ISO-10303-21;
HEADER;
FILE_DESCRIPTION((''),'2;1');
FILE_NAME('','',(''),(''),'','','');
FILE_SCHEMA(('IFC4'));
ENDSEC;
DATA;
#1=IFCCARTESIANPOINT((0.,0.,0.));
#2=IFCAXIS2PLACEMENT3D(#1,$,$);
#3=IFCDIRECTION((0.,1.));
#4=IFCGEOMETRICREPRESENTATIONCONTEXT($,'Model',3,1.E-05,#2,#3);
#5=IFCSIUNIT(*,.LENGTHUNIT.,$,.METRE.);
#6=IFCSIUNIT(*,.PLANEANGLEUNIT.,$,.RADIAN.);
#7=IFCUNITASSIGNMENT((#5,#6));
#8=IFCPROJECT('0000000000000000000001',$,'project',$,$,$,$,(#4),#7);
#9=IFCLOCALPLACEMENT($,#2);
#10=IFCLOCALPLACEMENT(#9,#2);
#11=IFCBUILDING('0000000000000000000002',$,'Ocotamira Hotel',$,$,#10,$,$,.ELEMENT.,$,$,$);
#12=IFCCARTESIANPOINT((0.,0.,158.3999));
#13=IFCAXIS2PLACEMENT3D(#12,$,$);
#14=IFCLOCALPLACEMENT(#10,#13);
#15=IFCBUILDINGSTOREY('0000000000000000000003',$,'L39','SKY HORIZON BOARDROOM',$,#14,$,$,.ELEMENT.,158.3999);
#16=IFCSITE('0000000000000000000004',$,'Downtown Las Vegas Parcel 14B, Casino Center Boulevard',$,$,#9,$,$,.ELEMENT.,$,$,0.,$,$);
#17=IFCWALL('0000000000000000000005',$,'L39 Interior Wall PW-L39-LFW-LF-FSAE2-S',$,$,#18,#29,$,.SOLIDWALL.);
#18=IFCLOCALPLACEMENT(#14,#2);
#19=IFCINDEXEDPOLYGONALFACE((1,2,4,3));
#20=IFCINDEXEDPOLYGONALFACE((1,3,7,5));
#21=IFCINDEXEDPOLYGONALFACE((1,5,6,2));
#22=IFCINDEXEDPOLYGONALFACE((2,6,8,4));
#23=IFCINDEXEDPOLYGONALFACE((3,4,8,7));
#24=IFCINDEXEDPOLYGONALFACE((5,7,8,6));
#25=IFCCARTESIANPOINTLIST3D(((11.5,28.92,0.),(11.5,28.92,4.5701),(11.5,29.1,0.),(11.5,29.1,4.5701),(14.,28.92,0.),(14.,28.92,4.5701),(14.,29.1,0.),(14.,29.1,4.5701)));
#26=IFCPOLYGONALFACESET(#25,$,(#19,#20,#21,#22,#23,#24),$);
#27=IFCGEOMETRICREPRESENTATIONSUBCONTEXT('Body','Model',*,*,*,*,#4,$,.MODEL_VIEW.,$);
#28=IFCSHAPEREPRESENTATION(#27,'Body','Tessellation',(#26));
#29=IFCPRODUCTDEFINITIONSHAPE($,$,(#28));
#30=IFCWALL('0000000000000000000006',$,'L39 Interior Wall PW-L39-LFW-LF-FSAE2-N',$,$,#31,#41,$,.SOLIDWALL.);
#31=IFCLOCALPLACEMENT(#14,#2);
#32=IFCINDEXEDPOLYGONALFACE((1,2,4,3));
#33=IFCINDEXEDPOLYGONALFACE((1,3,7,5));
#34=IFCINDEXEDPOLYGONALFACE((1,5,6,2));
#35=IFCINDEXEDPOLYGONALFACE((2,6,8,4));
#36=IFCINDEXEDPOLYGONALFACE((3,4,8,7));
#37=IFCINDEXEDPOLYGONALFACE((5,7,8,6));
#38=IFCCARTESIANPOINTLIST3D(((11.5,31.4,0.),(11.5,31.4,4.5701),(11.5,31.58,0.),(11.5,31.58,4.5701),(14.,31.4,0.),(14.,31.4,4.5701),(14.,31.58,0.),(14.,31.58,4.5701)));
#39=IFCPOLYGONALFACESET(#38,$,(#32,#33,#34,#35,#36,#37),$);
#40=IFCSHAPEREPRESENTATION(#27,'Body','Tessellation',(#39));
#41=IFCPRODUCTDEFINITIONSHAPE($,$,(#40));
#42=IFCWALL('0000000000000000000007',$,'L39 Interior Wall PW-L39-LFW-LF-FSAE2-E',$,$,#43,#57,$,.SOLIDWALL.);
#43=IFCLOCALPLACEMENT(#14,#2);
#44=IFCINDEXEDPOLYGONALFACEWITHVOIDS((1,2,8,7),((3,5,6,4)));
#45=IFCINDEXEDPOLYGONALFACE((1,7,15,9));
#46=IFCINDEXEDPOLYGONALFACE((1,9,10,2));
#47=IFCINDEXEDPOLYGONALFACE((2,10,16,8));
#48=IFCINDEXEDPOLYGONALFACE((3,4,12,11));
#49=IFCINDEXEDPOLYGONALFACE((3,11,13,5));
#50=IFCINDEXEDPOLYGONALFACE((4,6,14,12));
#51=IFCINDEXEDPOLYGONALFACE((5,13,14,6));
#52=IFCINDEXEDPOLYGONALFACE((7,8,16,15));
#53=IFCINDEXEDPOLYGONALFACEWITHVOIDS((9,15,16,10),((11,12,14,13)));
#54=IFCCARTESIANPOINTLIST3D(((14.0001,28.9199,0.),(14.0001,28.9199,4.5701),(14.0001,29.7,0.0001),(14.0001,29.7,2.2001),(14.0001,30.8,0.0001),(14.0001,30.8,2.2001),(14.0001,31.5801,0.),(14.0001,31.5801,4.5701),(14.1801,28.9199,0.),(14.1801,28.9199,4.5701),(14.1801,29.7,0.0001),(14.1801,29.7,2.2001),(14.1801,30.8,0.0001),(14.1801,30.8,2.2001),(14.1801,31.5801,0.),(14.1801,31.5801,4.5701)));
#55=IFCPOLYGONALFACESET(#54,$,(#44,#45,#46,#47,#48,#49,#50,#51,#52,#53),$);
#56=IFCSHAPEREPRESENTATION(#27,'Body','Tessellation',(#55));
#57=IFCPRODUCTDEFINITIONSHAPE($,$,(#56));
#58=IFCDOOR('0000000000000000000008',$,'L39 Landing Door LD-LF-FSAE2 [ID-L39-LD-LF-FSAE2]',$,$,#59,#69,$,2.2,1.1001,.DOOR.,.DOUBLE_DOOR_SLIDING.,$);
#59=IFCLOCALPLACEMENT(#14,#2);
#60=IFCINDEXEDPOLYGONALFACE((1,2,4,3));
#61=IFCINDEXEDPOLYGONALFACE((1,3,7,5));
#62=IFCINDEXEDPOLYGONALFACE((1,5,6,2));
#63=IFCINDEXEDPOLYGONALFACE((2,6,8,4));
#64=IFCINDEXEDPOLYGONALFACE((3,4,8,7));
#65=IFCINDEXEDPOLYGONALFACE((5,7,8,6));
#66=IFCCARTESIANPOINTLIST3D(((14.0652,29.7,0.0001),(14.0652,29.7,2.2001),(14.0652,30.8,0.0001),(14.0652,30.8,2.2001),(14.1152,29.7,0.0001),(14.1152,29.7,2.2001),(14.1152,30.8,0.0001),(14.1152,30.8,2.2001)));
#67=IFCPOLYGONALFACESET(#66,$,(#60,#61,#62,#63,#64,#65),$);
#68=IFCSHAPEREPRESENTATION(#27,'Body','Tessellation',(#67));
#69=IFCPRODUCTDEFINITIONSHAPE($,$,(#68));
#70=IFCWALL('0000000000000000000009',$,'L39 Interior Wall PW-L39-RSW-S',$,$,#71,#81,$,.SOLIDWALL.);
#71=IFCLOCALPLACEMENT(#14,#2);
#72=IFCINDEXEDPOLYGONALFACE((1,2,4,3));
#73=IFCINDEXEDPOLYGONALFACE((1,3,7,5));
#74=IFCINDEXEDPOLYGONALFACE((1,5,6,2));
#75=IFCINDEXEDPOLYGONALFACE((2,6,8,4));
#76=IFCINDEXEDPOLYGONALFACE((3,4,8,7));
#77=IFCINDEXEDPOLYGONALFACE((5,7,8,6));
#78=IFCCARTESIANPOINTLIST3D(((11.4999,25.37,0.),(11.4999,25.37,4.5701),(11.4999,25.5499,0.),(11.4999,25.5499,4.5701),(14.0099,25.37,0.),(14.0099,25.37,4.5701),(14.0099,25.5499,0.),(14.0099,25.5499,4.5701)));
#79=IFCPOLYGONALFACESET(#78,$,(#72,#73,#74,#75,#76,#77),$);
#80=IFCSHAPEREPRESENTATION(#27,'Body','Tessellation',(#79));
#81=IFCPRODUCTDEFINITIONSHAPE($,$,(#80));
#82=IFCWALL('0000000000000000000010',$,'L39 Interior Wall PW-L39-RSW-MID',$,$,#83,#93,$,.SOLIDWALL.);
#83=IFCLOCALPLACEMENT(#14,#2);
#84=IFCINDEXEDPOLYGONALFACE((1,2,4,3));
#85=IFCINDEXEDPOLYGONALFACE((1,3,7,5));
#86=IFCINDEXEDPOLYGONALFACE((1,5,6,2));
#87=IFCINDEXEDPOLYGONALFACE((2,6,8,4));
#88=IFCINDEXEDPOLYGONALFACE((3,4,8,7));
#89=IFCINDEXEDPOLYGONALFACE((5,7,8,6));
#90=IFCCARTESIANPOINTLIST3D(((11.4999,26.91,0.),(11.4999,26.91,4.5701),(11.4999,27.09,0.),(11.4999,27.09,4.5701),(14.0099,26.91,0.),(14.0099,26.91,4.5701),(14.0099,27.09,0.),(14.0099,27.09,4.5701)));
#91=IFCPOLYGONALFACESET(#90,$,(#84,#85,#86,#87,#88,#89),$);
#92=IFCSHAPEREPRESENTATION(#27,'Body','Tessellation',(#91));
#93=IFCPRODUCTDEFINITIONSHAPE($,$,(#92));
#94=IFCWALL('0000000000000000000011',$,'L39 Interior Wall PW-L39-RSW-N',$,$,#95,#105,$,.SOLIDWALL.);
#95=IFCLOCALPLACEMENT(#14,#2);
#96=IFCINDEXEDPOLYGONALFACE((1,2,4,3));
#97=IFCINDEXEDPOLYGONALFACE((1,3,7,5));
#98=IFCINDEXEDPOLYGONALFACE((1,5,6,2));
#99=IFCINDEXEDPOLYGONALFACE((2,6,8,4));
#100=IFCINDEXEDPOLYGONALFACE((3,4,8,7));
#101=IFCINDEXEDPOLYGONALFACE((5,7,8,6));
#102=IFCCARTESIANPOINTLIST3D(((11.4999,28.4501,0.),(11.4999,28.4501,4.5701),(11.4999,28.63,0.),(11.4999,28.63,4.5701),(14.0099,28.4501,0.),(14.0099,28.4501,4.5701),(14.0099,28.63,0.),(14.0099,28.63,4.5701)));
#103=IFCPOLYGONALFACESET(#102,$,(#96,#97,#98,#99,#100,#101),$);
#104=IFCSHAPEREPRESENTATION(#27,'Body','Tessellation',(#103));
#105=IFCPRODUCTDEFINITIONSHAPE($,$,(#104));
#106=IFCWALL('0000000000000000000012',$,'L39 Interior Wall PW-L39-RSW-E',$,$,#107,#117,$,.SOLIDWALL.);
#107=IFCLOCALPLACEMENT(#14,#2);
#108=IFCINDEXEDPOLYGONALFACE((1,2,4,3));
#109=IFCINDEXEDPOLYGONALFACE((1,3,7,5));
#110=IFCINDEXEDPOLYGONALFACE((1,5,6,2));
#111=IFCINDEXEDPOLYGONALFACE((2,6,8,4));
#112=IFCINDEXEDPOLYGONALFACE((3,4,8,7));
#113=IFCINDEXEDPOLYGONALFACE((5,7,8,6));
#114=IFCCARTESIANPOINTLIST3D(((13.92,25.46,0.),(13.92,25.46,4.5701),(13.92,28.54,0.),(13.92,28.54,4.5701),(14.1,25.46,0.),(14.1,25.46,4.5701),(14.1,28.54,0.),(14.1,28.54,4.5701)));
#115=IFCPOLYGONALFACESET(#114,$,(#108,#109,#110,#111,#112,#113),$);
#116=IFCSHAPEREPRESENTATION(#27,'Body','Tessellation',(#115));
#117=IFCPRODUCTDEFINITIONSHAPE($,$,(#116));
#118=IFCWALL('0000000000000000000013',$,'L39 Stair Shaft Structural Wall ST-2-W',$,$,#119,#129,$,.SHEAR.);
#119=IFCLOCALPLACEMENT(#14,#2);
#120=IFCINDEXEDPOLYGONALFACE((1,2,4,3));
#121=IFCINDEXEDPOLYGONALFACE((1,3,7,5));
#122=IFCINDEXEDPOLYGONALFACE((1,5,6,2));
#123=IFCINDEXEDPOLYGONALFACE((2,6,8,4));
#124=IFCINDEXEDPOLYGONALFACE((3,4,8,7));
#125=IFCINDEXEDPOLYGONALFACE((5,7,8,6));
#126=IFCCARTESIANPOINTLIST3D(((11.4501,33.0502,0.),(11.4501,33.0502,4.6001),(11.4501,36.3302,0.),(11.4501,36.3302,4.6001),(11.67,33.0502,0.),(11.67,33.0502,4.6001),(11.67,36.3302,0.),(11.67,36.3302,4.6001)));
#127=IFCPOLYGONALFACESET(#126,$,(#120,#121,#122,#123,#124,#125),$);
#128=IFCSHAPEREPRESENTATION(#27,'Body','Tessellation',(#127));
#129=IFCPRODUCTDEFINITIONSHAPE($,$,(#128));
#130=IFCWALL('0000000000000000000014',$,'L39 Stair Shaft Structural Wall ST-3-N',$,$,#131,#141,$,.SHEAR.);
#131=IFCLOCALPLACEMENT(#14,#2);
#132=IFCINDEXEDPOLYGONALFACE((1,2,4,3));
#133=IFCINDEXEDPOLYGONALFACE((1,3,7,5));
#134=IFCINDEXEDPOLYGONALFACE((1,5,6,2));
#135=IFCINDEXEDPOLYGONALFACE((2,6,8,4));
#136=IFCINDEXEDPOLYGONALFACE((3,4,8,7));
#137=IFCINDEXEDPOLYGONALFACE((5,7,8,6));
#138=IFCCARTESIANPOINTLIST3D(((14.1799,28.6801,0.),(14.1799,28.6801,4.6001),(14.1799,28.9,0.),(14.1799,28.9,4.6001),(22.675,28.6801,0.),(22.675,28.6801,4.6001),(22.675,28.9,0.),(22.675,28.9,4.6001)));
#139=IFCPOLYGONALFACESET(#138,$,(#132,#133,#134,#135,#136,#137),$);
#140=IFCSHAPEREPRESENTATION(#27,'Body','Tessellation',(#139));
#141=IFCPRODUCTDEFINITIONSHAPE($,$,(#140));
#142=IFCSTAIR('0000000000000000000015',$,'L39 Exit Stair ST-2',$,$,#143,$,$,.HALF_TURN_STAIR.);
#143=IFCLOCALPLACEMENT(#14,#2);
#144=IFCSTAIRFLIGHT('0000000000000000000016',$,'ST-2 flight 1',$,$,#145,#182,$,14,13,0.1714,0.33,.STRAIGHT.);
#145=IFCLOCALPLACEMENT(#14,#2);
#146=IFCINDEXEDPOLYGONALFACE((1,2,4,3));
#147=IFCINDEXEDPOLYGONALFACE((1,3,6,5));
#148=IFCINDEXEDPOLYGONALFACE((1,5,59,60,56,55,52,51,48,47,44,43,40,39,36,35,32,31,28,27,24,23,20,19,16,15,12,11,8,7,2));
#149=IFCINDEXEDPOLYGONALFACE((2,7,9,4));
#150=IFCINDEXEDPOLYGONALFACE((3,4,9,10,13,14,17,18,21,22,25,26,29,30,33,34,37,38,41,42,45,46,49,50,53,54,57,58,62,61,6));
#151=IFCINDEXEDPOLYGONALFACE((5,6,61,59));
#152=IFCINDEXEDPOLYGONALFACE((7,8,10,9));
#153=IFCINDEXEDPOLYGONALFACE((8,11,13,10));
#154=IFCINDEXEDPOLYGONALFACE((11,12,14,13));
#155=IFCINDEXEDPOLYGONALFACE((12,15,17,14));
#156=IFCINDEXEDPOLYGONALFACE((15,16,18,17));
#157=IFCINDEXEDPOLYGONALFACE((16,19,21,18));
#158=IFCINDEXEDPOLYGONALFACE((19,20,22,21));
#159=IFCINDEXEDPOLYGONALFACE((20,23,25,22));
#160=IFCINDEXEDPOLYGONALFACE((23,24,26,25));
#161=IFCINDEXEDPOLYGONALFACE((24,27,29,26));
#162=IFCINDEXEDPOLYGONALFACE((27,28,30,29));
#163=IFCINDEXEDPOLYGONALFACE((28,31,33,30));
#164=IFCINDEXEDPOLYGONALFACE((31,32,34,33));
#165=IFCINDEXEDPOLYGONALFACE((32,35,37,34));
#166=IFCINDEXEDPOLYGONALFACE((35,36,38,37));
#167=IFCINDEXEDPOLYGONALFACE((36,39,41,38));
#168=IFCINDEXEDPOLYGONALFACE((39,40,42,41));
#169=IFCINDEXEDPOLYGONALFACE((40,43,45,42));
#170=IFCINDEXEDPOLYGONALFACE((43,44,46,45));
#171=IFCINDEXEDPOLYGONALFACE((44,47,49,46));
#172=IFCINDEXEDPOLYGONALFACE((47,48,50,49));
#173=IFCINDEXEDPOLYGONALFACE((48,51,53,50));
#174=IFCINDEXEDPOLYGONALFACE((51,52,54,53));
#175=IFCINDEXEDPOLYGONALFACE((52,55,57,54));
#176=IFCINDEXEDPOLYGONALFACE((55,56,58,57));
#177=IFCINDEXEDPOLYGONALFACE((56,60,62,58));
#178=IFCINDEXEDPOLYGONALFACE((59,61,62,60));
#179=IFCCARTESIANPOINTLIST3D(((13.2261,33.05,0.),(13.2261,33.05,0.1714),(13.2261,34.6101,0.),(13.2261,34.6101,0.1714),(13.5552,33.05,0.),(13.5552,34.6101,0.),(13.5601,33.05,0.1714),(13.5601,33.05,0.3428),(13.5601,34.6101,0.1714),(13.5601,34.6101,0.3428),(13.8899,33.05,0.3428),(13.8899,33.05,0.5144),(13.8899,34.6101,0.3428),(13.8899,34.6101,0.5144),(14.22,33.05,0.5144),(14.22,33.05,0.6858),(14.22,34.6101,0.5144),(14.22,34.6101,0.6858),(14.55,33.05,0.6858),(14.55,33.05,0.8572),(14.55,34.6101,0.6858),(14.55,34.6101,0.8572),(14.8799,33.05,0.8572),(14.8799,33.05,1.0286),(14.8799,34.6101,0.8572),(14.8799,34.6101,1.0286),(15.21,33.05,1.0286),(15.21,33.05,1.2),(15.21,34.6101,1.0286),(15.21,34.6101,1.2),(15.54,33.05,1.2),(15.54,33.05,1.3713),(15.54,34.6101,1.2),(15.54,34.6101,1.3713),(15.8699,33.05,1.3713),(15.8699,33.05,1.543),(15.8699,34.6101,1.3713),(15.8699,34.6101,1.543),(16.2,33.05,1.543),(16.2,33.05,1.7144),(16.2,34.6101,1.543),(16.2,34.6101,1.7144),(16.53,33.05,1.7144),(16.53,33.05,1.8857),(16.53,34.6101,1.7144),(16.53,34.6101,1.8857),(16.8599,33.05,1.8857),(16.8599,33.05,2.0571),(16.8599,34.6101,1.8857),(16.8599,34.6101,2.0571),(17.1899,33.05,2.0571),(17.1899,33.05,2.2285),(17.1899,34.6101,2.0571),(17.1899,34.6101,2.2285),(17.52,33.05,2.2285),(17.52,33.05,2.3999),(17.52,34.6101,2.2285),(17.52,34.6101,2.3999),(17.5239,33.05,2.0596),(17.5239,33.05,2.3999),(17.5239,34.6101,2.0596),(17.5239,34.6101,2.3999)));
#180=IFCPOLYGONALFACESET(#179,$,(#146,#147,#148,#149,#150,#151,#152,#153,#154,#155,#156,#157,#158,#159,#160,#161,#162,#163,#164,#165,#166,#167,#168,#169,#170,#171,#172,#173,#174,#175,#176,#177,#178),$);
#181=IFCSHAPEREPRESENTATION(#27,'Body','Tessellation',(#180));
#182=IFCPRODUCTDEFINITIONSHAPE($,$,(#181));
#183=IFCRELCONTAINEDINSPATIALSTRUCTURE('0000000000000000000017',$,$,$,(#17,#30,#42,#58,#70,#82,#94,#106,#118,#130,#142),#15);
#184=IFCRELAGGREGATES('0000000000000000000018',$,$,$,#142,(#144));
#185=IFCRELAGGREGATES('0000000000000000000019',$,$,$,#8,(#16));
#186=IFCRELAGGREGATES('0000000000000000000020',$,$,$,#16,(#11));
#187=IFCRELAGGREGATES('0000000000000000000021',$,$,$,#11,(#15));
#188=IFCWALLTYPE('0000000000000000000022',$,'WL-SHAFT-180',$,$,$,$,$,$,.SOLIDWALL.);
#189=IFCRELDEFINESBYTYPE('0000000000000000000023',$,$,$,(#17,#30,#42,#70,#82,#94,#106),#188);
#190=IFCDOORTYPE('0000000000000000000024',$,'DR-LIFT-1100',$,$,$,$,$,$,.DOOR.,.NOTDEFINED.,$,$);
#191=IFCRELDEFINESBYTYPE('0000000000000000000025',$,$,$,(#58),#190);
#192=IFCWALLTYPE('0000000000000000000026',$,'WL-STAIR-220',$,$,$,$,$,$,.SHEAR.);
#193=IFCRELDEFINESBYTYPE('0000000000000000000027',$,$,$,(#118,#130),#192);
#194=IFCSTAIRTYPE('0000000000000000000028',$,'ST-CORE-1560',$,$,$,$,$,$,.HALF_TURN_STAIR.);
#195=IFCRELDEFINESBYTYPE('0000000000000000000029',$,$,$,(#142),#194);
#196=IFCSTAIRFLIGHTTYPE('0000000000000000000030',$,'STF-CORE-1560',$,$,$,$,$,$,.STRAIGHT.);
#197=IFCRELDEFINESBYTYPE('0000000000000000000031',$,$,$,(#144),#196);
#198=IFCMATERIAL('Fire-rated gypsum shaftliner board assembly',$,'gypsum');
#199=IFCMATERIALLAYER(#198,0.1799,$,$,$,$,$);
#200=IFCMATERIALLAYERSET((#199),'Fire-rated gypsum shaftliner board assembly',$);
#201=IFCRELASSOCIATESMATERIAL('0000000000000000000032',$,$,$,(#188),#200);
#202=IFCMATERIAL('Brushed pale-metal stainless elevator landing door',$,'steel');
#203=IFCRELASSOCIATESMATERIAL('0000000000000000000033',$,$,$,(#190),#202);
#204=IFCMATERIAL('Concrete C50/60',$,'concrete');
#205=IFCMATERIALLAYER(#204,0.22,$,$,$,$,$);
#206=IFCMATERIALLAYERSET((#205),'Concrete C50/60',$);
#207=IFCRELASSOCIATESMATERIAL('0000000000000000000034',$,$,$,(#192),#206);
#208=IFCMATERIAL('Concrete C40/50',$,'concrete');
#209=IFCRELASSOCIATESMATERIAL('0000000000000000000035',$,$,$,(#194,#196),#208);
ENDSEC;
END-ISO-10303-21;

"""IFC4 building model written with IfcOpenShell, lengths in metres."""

from ifc_helpers import new_model, si_unit, direction, frame, frame_2d, origin, place, context, subcontext, project, spatial, polyline, rectangle, outline, extrude, source, transform, mapped, material, layer, layer_set, type_object, element, fill, aggregate, save


model = new_model("IFC4")

# Units and contexts
model_context = context("Model", 3, precision=1e-05, world=origin(), true_north=direction((0.0, 1.0)))
body_context = subcontext(model_context, "Body", "Model", "MODEL_VIEW")
ifc_project = project(units=[si_unit("LENGTHUNIT", "METRE"), si_unit("PLANEANGLEUNIT", "RADIAN")], contexts=[model_context])

# Site, building, storey
site_placement = place(None, origin())
site = spatial("IfcSite", under=ifc_project, at=site_placement, Name="Downtown Las Vegas Parcel 14B, Casino Center Boulevard", CompositionType="ELEMENT", RefElevation=0.0)
building_placement = place(site_placement, origin())
building = spatial("IfcBuilding", under=site, at=building_placement, Name="Ocotamira Hotel", CompositionType="ELEMENT")
storey_placement = place(building_placement, frame((0.0, 0.0, 158.3999)))
storey = spatial("IfcBuildingStorey", under=building, at=storey_placement, Name="L39", Description="SKY HORIZON BOARDROOM", CompositionType="ELEMENT", Elevation=158.3999)

# Walls
ifc_material_1 = material(Name="Fire-rated gypsum shaftliner board assembly", Category="gypsum")
ifc_layer_1 = layer(ifc_material_1, 0.1799)
ifc_layer_set_1 = layer_set([ifc_layer_1], Name="Fire-rated gypsum shaftliner board assembly")
wall_type_1 = type_object("IfcWallType", Name="WL-SHAFT-180", PredefinedType="SOLIDWALL", material=ifc_layer_set_1)
for number, where, z_axis, x_axis, name in (
    (1, (11.5, 29.01, 0.0), (0.0, 0.0, 1.0), (1.0, 0.0, 0.0), "L39 Interior Wall PW-L39-LFW-LF-FSAE2-S"),
    (2, (11.5, 31.49, 0.0), (0.0, 0.0, 1.0), (1.0, 0.0, 0.0), "L39 Interior Wall PW-L39-LFW-LF-FSAE2-N"),
):
    element("IfcWall", number, at=place(storey_placement, frame(where, z_axis=z_axis, x_axis=x_axis)), inside=storey, type_object=wall_type_1, Name=name, PredefinedType="SOLIDWALL", context=body_context, shape_type="SweptSolid", body=[
        extrude(rectangle(XDim=2.5, YDim=0.1799, at=frame_2d((1.25, 0.0))), origin(), (0.0, 0.0, 1.0), 4.5701),
    ])

# Wall, opening, door
wall_1_placement = place(storey_placement, frame((14.0901, 28.9199, 0.0), z_axis=(0.0, 0.0, 1.0), x_axis=(0.0, 1.0, 0.0)))
wall_1 = element("IfcWall", 3, at=wall_1_placement, inside=storey, type_object=wall_type_1, Name="L39 Interior Wall PW-L39-LFW-LF-FSAE2-E", PredefinedType="SOLIDWALL", context=body_context, shape_type="SweptSolid", body=[
    extrude(rectangle(XDim=2.6602, YDim=0.1799, at=frame_2d((1.3301, 0.0))), origin(), (0.0, 0.0, 1.0), 4.5701),
])
opening_placement = place(wall_1_placement, frame((0.78, 0.0, 0.0)))
opening = element("IfcOpeningElement", 4, at=opening_placement, cuts=wall_1, PredefinedType="OPENING", context=body_context, shape_type="SweptSolid", body=[
    extrude(rectangle(XDim=1.1001, YDim=2.2, at=frame_2d((0.55, 1.1001))), frame((0.0, 0.1001, 0.0), z_axis=(0.0, -1.0, 0.0), x_axis=(1.0, 0.0, 0.0)), (0.0, 0.0, 1.0), 0.2),
])
ifc_material_2 = material(Name="Brushed pale-metal stainless elevator landing door", Category="steel")
door_type = type_object("IfcDoorType", Name="DR-LIFT-1100", OperationType="NOTDEFINED", PredefinedType="DOOR", material=ifc_material_2)
shared_shape_1 = source(origin(), body_context, "Body", "SweptSolid", [
    extrude(rectangle(XDim=1.1001, YDim=2.2, at=frame_2d((0.55, 1.1001))), frame((0.0, 0.0249, 0.0), z_axis=(0.0, -1.0, 0.0), x_axis=(1.0, 0.0, 0.0)), (0.0, 0.0, 1.0), 0.05),
])
door_placement = place(opening_placement, origin())
door = element("IfcDoor", 5, at=door_placement, inside=storey, type_object=door_type, Name="L39 Landing Door LD-LF-FSAE2 [ID-L39-LD-LF-FSAE2]", OperationType="DOUBLE_DOOR_SLIDING", OverallHeight=2.2, OverallWidth=1.1001, PredefinedType="DOOR", context=body_context, shape_type="MappedRepresentation", body=[
    mapped(shared_shape_1, transform((0.0, 0.0, 0.0), scale=1.0)),
])
fill(opening, door)

# Walls
for number, where, z_axis, x_axis, name in (
    (6, (11.5, 25.46, 0.0), (0.0, 0.0, 1.0), (1.0, 0.0, 0.0), "L39 Interior Wall PW-L39-RSW-S"),
    (7, (11.5, 27.0, 0.0), (0.0, 0.0, 1.0), (1.0, 0.0, 0.0), "L39 Interior Wall PW-L39-RSW-MID"),
    (8, (11.5, 28.54, 0.0), (0.0, 0.0, 1.0), (1.0, 0.0, 0.0), "L39 Interior Wall PW-L39-RSW-N"),
):
    element("IfcWall", number, at=place(storey_placement, frame(where, z_axis=z_axis, x_axis=x_axis)), inside=storey, type_object=wall_type_1, Name=name, PredefinedType="SOLIDWALL", context=body_context, shape_type="SweptSolid", body=[
        extrude(rectangle(XDim=2.51, YDim=0.1799, at=frame_2d((1.2549, 0.0))), origin(), (0.0, 0.0, 1.0), 4.5701),
    ])
wall_2_placement = place(storey_placement, frame((14.01, 25.46, 0.0), z_axis=(0.0, 0.0, 1.0), x_axis=(0.0, 1.0, 0.0)))
element("IfcWall", 9, at=wall_2_placement, inside=storey, type_object=wall_type_1, Name="L39 Interior Wall PW-L39-RSW-E", PredefinedType="SOLIDWALL", context=body_context, shape_type="SweptSolid", body=[
    extrude(rectangle(XDim=3.0801, YDim=0.1799, at=frame_2d((1.54, 0.0))), origin(), (0.0, 0.0, 1.0), 4.5701),
])
ifc_material_3 = material(Name="Concrete C50/60", Category="concrete")
ifc_layer_2 = layer(ifc_material_3, 0.22)
ifc_layer_set_2 = layer_set([ifc_layer_2], Name="Concrete C50/60")
wall_type_2 = type_object("IfcWallType", Name="WL-STAIR-220", PredefinedType="SHEAR", material=ifc_layer_set_2)
wall_3_placement = place(storey_placement, frame((11.5601, 33.05, 0.0), z_axis=(0.0, 0.0, 1.0), x_axis=(0.0, 1.0, 0.0)))
element("IfcWall", 10, at=wall_3_placement, inside=storey, type_object=wall_type_2, Name="L39 Stair Shaft Structural Wall ST-2-W", PredefinedType="SHEAR", context=body_context, shape_type="SweptSolid", body=[
    extrude(rectangle(XDim=3.28, YDim=0.22, at=frame_2d((1.6401, 0.0))), origin(), (0.0, 0.0, 1.0), 4.6001),
])
wall_4_placement = place(storey_placement, frame((14.1799, 28.79, 0.0), z_axis=(0.0, 0.0, 1.0), x_axis=(1.0, 0.0, 0.0)))
element("IfcWall", 11, at=wall_4_placement, inside=storey, type_object=wall_type_2, Name="L39 Stair Shaft Structural Wall ST-3-N", PredefinedType="SHEAR", context=body_context, shape_type="SweptSolid", body=[
    extrude(rectangle(XDim=8.4951, YDim=0.22, at=frame_2d((4.2476, 0.0))), origin(), (0.0, 0.0, 1.0), 4.6001),
])

# Stair, stair flight
ifc_material_4 = material(Name="Concrete C40/50", Category="concrete")
stair_type = type_object("IfcStairType", Name="ST-CORE-1560", PredefinedType="HALF_TURN_STAIR", material=ifc_material_4)
stair_1_placement = place(storey_placement, origin())
stair_1 = element("IfcStair", 12, at=stair_1_placement, inside=storey, type_object=stair_type, Name="L39 Exit Stair ST-2", PredefinedType="HALF_TURN_STAIR")
stair_flight_type = type_object("IfcStairFlightType", Name="STF-CORE-1560", PredefinedType="STRAIGHT", material=ifc_material_4)
shared_shape_2 = source(origin(), body_context, "Body", "SweptSolid", [
    extrude(outline(polyline([(-0.0039, 0.0), (-0.0039, 0.1714), (0.3301, 0.1714), (0.3301, 0.3428), (0.6599, 0.3428), (0.6599, 0.5144), (0.99, 0.5144), (0.99, 0.6858), (1.3201, 0.6858), (1.3201, 0.8572), (1.6499, 0.8572), (1.6499, 1.0286), (1.98, 1.0286), (1.98, 1.2), (2.3101, 1.2), (2.3101, 1.3713), (2.6399, 1.3713), (2.6399, 1.543), (2.97, 1.543), (2.97, 1.7144), (3.3, 1.7144), (3.3, 1.8857), (3.6299, 1.8857), (3.6299, 2.0571), (3.96, 2.0571), (3.96, 2.2285), (4.29, 2.2285), (4.29, 2.3999), (4.2939, 2.3999), (4.2939, 2.0596), (0.3252, 0.0), (-0.0039, 0.0)])), frame((0.0, 0.78, 0.0), z_axis=(0.0, -1.0, 0.0), x_axis=(1.0, 0.0, 0.0)), (0.0, 0.0, 1.0), 1.5601),
])
stair_flight_1_placement = place(storey_placement, frame((13.23, 33.8301, 0.0), z_axis=(0.0, 0.0, 1.0), x_axis=(1.0, 0.0, 0.0)))
stair_flight_1 = element("IfcStairFlight", 13, at=stair_flight_1_placement, type_object=stair_flight_type, Name="ST-2 flight 1", NumberOfRisers=14, NumberOfTreads=13, PredefinedType="STRAIGHT", RiserHeight=0.1714, TreadLength=0.33, context=body_context, shape_type="MappedRepresentation", body=[
    mapped(shared_shape_2, transform((0.0, 0.0, 0.0), scale=1.0)),
])
aggregate(stair_1, [stair_flight_1])

save(model, "model.ifc")
